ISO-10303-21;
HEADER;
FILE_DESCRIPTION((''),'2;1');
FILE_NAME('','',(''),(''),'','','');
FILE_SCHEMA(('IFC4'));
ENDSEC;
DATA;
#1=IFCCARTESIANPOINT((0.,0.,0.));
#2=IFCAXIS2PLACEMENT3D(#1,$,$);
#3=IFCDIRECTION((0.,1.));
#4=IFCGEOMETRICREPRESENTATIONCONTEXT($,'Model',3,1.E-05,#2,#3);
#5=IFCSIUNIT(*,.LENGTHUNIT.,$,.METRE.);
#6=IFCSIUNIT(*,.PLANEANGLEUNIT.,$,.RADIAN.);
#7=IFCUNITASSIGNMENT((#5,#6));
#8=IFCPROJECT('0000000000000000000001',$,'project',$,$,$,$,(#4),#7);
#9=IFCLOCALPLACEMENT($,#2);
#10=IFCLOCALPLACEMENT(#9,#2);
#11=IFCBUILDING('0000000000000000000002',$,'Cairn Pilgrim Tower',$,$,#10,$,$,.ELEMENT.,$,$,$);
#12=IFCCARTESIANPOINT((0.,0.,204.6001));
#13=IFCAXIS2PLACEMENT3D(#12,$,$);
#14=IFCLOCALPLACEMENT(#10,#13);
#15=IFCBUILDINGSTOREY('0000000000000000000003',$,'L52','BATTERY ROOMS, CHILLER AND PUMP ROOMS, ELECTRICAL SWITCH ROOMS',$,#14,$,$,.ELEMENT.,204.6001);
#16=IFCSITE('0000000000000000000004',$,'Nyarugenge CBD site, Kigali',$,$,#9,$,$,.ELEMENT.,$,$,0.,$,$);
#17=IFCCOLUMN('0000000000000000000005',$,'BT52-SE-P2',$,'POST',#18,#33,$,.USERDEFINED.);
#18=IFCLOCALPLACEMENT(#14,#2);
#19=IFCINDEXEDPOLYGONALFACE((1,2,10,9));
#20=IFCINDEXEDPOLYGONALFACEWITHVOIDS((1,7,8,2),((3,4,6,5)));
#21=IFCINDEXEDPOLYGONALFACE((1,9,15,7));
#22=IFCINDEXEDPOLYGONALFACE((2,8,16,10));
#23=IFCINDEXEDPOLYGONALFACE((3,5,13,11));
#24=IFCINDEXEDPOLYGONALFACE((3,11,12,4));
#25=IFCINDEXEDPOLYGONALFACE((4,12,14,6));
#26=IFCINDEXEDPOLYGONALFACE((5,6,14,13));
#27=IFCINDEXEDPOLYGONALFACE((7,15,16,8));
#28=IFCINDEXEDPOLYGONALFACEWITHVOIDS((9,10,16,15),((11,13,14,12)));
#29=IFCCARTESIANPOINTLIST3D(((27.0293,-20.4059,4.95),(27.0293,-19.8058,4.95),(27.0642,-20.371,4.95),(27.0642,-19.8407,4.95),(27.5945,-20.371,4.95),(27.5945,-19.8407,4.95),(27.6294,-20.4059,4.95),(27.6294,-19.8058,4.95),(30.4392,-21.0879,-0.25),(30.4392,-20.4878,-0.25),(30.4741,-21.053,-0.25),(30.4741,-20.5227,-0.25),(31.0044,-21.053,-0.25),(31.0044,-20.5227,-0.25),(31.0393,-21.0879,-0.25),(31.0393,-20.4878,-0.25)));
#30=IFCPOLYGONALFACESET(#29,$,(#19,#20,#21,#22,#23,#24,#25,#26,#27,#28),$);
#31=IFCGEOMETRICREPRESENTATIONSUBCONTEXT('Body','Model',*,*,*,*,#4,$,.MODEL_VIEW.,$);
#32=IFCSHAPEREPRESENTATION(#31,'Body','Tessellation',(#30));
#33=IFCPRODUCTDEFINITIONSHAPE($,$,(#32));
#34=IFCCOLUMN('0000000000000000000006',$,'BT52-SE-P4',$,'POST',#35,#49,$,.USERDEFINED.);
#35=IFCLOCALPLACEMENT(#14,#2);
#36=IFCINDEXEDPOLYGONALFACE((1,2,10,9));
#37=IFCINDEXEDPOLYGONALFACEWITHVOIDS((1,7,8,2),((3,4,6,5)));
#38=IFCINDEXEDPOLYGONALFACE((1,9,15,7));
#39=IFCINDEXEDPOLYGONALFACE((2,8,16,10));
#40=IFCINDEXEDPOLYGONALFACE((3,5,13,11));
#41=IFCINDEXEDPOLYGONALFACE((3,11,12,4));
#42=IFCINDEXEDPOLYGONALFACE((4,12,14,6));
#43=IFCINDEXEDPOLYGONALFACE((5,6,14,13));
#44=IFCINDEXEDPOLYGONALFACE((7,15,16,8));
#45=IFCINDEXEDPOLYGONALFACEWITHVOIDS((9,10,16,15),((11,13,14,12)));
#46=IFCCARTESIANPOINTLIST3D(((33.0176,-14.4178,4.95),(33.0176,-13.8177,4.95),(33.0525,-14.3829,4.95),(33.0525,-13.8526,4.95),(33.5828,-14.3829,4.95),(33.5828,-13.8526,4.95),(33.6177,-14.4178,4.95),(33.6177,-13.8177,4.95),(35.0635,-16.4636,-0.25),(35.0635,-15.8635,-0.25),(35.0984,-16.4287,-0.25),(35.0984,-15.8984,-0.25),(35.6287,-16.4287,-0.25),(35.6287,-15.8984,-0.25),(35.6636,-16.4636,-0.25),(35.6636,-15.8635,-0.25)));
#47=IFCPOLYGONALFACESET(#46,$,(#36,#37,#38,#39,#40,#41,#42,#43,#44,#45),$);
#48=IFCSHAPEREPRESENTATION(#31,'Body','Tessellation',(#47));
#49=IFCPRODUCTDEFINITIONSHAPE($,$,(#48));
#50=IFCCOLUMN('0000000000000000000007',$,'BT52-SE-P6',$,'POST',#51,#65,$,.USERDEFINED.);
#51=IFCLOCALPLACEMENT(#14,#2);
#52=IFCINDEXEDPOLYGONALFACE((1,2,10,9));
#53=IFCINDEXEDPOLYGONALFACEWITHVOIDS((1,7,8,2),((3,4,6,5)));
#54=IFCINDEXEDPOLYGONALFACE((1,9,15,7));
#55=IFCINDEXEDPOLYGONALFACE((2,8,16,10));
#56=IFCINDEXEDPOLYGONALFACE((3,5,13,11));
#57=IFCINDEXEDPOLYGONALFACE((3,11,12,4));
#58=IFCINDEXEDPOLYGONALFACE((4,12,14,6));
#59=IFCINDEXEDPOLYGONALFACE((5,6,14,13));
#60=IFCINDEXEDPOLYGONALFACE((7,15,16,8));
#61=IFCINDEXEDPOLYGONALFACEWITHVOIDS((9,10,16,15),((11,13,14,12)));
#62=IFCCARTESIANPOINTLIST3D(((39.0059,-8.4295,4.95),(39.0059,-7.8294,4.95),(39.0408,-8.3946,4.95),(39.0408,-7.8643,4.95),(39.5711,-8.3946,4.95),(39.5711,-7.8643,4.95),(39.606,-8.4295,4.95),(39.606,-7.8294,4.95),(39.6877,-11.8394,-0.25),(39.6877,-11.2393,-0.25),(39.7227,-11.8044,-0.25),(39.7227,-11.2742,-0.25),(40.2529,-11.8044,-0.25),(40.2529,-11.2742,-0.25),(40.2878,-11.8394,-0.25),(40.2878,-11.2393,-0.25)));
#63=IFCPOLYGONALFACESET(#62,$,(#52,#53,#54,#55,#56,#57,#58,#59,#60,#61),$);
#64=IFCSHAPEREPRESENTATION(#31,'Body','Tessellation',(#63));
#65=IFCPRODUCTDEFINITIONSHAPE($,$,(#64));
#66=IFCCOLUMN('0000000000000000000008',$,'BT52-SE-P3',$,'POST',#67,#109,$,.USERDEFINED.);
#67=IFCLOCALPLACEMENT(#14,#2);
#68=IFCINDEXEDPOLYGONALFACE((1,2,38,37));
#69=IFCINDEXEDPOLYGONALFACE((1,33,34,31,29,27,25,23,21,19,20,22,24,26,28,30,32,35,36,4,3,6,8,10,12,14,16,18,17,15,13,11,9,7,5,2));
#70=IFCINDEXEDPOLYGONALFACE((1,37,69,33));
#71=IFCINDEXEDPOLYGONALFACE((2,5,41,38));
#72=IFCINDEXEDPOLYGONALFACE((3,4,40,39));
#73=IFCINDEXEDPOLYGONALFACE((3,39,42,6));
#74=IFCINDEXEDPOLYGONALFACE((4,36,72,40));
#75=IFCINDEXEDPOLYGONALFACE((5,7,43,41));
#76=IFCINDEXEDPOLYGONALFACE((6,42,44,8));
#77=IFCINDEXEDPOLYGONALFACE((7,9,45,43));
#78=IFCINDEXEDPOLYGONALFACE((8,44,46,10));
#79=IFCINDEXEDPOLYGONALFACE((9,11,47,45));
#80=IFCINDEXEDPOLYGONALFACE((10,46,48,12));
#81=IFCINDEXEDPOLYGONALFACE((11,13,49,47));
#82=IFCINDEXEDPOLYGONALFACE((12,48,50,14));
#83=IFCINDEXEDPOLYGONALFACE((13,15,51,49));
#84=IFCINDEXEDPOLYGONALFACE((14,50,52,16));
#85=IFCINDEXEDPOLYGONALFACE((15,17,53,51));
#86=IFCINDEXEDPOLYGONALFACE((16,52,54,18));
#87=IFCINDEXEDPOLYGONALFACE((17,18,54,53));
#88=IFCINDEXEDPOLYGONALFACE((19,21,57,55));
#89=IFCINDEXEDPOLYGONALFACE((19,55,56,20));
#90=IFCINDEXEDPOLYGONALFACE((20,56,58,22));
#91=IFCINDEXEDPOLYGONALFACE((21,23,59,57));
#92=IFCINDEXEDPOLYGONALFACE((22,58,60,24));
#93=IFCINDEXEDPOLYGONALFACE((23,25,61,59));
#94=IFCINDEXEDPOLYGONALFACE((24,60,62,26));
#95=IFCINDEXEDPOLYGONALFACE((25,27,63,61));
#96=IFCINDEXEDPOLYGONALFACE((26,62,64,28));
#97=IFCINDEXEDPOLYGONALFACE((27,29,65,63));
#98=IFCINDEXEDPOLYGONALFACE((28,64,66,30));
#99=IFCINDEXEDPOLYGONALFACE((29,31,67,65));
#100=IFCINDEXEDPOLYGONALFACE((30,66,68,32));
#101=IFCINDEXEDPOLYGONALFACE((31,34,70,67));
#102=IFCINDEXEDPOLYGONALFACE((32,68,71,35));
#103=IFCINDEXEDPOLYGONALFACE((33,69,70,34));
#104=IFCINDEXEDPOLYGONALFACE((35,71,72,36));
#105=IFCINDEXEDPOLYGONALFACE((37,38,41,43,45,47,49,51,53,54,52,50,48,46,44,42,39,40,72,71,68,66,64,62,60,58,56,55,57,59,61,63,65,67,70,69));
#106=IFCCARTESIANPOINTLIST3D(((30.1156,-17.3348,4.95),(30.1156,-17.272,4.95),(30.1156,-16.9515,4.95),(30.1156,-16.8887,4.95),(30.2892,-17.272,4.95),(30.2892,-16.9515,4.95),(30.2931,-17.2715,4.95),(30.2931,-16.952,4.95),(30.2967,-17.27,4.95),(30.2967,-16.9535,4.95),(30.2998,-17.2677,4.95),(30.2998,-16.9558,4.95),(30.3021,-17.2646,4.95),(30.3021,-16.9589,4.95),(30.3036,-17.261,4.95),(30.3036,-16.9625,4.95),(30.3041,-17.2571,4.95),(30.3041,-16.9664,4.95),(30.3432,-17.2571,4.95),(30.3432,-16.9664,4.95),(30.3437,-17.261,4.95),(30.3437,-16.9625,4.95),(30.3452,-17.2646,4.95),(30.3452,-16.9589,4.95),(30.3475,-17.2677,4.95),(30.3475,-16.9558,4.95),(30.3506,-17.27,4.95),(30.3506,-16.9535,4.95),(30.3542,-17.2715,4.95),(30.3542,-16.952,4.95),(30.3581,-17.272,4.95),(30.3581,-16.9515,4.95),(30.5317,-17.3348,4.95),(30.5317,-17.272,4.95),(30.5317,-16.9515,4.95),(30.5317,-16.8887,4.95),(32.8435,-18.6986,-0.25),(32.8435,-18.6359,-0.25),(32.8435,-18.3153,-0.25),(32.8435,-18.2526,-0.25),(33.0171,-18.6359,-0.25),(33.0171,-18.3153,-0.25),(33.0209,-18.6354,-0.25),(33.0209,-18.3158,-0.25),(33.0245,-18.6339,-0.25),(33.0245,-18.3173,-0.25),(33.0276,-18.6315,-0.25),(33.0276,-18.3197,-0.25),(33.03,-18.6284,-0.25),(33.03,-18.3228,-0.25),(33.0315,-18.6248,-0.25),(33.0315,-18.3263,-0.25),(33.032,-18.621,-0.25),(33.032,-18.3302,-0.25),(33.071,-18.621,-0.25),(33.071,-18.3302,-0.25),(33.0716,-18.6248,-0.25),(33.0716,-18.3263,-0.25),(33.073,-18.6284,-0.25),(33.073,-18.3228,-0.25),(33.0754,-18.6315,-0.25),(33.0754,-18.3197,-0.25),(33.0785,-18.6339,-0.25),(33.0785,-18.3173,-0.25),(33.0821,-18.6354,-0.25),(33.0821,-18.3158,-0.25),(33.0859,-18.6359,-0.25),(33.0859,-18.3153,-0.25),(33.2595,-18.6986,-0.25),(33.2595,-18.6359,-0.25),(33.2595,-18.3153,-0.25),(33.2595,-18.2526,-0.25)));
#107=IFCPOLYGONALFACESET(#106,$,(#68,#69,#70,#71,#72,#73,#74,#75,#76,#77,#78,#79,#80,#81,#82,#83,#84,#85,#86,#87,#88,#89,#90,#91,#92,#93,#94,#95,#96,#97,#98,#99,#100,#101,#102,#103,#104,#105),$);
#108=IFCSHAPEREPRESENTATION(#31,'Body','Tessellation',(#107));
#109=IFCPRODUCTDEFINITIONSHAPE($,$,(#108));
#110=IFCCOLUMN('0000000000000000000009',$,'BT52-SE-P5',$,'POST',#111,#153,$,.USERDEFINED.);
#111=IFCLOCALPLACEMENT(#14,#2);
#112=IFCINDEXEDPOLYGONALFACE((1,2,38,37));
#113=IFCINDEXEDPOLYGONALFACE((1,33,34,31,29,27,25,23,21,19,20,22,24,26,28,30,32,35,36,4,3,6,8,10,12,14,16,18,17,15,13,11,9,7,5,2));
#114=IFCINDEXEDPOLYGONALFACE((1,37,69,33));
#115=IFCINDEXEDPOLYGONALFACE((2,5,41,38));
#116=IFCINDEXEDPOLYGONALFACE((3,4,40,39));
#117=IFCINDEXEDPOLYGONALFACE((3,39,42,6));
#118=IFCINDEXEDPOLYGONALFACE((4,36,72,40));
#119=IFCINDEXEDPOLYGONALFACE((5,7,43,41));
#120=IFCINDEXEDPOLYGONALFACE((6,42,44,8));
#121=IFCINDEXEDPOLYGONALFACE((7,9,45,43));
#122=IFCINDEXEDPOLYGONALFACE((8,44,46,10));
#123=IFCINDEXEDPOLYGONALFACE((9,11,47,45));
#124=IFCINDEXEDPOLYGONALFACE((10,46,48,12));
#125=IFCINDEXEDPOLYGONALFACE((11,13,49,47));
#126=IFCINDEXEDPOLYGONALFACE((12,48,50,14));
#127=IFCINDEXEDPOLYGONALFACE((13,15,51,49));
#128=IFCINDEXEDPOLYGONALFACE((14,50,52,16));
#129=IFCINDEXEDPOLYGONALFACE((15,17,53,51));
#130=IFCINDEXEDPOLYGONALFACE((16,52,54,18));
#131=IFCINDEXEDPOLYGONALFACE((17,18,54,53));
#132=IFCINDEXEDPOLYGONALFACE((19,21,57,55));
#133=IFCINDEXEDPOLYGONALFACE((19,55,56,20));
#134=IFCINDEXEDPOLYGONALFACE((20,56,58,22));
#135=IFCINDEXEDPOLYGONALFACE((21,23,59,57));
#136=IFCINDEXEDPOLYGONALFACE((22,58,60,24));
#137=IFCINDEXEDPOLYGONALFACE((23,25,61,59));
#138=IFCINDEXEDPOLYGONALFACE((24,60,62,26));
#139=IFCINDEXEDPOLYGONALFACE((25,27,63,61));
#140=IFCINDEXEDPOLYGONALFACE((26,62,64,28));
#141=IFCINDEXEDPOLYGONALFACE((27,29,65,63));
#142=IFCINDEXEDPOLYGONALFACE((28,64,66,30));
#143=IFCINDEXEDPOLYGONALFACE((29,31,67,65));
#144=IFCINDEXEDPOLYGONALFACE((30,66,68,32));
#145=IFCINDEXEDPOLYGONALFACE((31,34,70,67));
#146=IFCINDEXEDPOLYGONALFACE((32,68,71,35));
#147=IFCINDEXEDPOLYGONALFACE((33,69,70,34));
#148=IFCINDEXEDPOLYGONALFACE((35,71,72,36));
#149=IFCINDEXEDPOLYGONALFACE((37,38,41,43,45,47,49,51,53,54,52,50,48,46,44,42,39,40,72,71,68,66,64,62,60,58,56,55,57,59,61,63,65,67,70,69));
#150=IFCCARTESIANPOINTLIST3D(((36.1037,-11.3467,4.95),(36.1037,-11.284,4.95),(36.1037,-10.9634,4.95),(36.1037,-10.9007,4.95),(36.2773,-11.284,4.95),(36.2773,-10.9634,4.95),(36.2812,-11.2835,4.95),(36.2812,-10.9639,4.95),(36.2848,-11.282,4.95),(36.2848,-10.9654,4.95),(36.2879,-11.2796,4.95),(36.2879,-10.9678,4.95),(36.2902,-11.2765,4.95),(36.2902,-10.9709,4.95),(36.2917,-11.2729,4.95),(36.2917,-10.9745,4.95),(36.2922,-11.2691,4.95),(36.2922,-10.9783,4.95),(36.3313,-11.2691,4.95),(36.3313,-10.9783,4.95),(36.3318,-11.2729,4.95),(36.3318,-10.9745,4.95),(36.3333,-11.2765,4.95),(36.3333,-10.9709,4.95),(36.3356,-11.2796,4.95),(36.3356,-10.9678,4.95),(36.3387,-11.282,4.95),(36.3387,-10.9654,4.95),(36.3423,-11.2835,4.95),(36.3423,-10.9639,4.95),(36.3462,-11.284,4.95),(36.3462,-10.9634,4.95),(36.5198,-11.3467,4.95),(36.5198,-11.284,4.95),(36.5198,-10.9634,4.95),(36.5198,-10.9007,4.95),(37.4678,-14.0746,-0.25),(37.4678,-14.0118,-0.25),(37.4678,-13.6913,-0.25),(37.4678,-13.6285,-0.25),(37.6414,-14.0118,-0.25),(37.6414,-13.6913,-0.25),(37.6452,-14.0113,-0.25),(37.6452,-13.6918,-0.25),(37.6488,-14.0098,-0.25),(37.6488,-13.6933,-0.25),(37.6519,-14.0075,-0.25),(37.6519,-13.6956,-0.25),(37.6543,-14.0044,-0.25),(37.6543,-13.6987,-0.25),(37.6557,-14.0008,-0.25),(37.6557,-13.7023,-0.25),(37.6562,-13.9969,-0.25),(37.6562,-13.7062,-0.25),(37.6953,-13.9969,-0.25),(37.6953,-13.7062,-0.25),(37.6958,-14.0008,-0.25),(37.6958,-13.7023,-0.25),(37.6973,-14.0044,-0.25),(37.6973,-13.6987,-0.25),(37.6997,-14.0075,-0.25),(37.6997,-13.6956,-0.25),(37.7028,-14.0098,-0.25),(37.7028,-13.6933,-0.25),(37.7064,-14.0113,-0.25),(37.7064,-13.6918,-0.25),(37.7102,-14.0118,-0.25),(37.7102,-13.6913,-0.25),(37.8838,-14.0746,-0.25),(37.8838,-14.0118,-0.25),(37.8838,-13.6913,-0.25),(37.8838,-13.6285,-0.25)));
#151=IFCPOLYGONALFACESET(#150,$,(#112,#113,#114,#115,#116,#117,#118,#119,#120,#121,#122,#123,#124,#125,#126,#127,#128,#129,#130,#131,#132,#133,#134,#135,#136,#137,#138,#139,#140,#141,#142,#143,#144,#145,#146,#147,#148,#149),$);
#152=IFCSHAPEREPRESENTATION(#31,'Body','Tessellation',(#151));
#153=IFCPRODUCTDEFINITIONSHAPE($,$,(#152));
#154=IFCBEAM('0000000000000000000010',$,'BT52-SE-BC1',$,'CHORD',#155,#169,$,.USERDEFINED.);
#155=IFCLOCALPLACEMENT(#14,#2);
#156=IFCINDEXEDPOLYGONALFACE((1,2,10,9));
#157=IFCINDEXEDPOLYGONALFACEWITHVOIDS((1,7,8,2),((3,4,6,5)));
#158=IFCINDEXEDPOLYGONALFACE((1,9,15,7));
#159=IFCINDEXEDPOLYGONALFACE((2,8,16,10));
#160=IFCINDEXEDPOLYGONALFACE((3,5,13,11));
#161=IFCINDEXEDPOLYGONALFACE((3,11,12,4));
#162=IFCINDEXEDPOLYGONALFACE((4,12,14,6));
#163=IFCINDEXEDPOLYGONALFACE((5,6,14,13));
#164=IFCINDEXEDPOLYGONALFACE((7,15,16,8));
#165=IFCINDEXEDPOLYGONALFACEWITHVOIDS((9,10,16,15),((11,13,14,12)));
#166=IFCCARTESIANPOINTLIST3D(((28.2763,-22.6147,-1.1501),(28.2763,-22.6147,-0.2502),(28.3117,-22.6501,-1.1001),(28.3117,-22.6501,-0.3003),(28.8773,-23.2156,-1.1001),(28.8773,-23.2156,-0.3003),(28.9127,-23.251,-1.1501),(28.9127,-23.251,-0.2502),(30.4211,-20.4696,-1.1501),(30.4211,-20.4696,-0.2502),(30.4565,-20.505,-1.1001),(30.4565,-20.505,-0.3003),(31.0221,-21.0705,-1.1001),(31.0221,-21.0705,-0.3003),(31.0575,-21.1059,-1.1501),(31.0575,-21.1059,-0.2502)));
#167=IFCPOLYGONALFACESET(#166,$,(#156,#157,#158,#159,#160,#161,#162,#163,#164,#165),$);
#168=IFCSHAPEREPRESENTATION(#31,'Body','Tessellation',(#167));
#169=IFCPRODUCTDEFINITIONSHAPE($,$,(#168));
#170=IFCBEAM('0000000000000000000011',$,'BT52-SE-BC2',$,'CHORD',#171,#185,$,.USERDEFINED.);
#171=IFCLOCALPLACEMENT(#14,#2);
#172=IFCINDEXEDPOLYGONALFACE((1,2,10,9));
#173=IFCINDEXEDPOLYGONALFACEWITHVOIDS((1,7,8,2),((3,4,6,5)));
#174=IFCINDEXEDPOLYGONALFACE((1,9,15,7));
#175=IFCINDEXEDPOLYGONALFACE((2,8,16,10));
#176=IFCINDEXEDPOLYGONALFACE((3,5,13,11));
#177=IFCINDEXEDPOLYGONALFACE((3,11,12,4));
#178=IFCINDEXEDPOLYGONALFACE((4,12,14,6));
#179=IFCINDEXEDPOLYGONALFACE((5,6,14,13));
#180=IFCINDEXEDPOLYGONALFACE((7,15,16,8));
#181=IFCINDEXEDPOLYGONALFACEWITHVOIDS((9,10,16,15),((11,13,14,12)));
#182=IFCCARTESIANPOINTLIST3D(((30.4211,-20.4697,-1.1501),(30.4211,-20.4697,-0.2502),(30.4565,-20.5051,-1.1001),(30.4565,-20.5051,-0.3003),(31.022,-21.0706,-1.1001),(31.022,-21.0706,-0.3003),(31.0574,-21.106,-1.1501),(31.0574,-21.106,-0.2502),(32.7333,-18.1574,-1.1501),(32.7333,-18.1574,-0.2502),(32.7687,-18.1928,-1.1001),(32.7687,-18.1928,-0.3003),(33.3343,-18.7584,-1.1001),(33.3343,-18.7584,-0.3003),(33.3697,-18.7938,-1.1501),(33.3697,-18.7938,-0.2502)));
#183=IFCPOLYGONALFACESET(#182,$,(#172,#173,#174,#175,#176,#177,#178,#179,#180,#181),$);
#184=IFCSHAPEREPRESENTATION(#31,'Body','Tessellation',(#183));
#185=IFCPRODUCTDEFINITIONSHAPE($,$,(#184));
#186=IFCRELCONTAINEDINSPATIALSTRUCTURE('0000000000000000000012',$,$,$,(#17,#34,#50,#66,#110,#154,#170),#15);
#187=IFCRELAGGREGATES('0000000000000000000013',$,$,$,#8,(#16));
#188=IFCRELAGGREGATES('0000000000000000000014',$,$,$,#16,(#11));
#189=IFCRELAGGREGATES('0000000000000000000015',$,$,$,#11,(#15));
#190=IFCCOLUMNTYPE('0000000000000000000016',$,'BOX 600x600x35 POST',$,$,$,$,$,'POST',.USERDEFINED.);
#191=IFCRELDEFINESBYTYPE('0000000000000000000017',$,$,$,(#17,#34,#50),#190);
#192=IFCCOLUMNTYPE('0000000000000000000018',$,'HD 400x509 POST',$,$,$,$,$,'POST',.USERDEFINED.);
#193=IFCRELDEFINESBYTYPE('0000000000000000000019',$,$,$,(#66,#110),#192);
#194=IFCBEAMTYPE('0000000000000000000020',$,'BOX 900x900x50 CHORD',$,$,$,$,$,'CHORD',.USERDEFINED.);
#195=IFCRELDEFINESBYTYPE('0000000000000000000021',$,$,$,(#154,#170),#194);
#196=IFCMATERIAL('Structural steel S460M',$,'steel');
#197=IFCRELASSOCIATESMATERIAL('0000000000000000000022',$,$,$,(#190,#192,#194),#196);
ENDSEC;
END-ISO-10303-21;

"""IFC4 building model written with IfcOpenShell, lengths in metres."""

from ifc_helpers import new_model, si_unit, direction, frame, origin, origin_2d, place, context, subcontext, project, spatial, hollow_rectangle, i_section, extrude, clip, halfspace, material, material_profile, profile_set, type_object, element, save


model = new_model("IFC4")

# Units and contexts
model_context = context("Model", 3, precision=1e-05, world=origin(), true_north=direction((0.0, 1.0)))
body_context = subcontext(model_context, "Body", "Model", "MODEL_VIEW")
ifc_project = project(units=[si_unit("LENGTHUNIT", "METRE"), si_unit("PLANEANGLEUNIT", "RADIAN")], contexts=[model_context])

# Site, building, storey
site_placement = place(None, origin())
site = spatial("IfcSite", under=ifc_project, at=site_placement, Name="Nyarugenge CBD site, Kigali", CompositionType="ELEMENT", RefElevation=0.0)
building_placement = place(site_placement, origin())
building = spatial("IfcBuilding", under=site, at=building_placement, Name="Cairn Pilgrim Tower", CompositionType="ELEMENT")
storey_placement = place(building_placement, frame((0.0, 0.0, 204.6001)))
storey = spatial("IfcBuildingStorey", under=building, at=storey_placement, Name="L52", Description="BATTERY ROOMS, CHILLER AND PUMP ROOMS, ELECTRICAL SWITCH ROOMS", CompositionType="ELEMENT", Elevation=204.6001)

# Columns
ifc_material_1 = material(Name="Structural steel S460M", Category="steel")
ifc_material_profile_1 = material_profile(ifc_material_1, hollow_rectangle(XDim=0.6001, YDim=0.6001, WallThickness=0.0349, at=origin_2d()), Name="BOX 600x600x35")
ifc_profile_set_1 = profile_set([ifc_material_profile_1], Name="Structural steel S460M")
column_type_1 = type_object("IfcColumnType", Name="BOX 600x600x35 POST", ElementType="POST", PredefinedType="USERDEFINED", material=ifc_profile_set_1)
column_1_placement = place(storey_placement, frame((30.7393, -20.7878, -0.25), z_axis=(0.0, 0.0, 1.0), x_axis=(1.0, 0.0, 0.0)))
element("IfcColumn", 1, at=column_1_placement, inside=storey, type_object=column_type_1, Name="BT52-SE-P2", ObjectType="POST", PredefinedType="USERDEFINED", context=body_context, shape_type="Clipping", body=[
    clip(extrude(hollow_rectangle(XDim=0.6001, YDim=0.6001, WallThickness=0.0349, at=origin_2d()), origin(), (-0.545097, 0.109026, 0.831253), 7.3381), halfspace(frame((0.0, 0.0, 5.2), z_axis=(0.0, 0.0, 1.0), x_axis=(1.0, 0.0, 0.0)), False)),
])
column_2_placement = place(storey_placement, frame((35.3635, -16.1636, -0.25), z_axis=(0.0, 0.0, 1.0), x_axis=(1.0, 0.0, 0.0)))
element("IfcColumn", 2, at=column_2_placement, inside=storey, type_object=column_type_1, Name="BT52-SE-P4", ObjectType="POST", PredefinedType="USERDEFINED", context=body_context, shape_type="Clipping", body=[
    clip(extrude(hollow_rectangle(XDim=0.6001, YDim=0.6001, WallThickness=0.0349, at=origin_2d()), origin(), (-0.343801, 0.343801, 0.873843), 6.9805), halfspace(frame((0.0, 0.0, 5.2), z_axis=(0.0, 0.0, 1.0), x_axis=(1.0, 0.0, 0.0)), False)),
])
column_3_placement = place(storey_placement, frame((39.9878, -11.5393, -0.25), z_axis=(0.0, 0.0, 1.0), x_axis=(1.0, 0.0, 0.0)))
element("IfcColumn", 3, at=column_3_placement, inside=storey, type_object=column_type_1, Name="BT52-SE-P6", ObjectType="POST", PredefinedType="USERDEFINED", context=body_context, shape_type="Clipping", body=[
    clip(extrude(hollow_rectangle(XDim=0.6001, YDim=0.6001, WallThickness=0.0349, at=origin_2d()), origin(), (-0.108993, 0.545099, 0.831256), 7.3381), halfspace(frame((0.0, 0.0, 5.2), z_axis=(0.0, 0.0, 1.0), x_axis=(1.0, 0.0, 0.0)), False)),
])
ifc_material_profile_2 = material_profile(ifc_material_1, i_section(OverallWidth=0.416, OverallDepth=0.446, WebThickness=0.0391, FlangeThickness=0.0627, FilletRadius=0.0149, at=origin_2d()), Name="HD 400x509")
ifc_profile_set_2 = profile_set([ifc_material_profile_2], Name="Structural steel S460M")
column_type_2 = type_object("IfcColumnType", Name="HD 400x509 POST", ElementType="POST", PredefinedType="USERDEFINED", material=ifc_profile_set_2)
column_4_placement = place(storey_placement, frame((33.0515, -18.4756, -0.25), z_axis=(0.0, 0.0, 1.0), x_axis=(1.0, 0.0, 0.0)))
element("IfcColumn", 4, at=column_4_placement, inside=storey, type_object=column_type_2, Name="BT52-SE-P3", ObjectType="POST", PredefinedType="USERDEFINED", context=body_context, shape_type="Clipping", body=[
    clip(extrude(i_section(OverallWidth=0.416, OverallDepth=0.446, WebThickness=0.0391, FlangeThickness=0.0627, FilletRadius=0.0149, at=origin_2d()), origin(), (-0.452508, 0.226237, 0.862585), 7.0715), halfspace(frame((0.0, 0.0, 5.2), z_axis=(0.0, 0.0, 1.0), x_axis=(1.0, 0.0, 0.0)), False)),
])
column_5_placement = place(storey_placement, frame((37.6758, -13.8516, -0.25), z_axis=(0.0, 0.0, 1.0), x_axis=(1.0, 0.0, 0.0)))
element("IfcColumn", 5, at=column_5_placement, inside=storey, type_object=column_type_2, Name="BT52-SE-P5", ObjectType="POST", PredefinedType="USERDEFINED", context=body_context, shape_type="Clipping", body=[
    clip(extrude(i_section(OverallWidth=0.416, OverallDepth=0.446, WebThickness=0.0391, FlangeThickness=0.0627, FilletRadius=0.0149, at=origin_2d()), origin(), (-0.226269, 0.452504, 0.862579), 7.0715), halfspace(frame((0.0, 0.0, 5.2), z_axis=(0.0, 0.0, 1.0), x_axis=(1.0, 0.0, 0.0)), False)),
])

# Beams
ifc_material_profile_3 = material_profile(ifc_material_1, hollow_rectangle(XDim=0.8999, YDim=0.8999, WallThickness=0.05, at=origin_2d()), Name="BOX 900x900x50")
ifc_profile_set_3 = profile_set([ifc_material_profile_3], Name="Structural steel S460M")
beam_type_1 = type_object("IfcBeamType", Name="BOX 900x900x50 CHORD", ElementType="CHORD", PredefinedType="USERDEFINED", material=ifc_profile_set_3)
beam_1_placement = place(storey_placement, frame((28.5945, -22.9329, -0.7002), z_axis=(0.707067, 0.707147, 0.0), x_axis=(-0.707147, 0.707067, 0.0)))
element("IfcBeam", 6, at=beam_1_placement, inside=storey, type_object=beam_type_1, Name="BT52-SE-BC1", ObjectType="CHORD", PredefinedType="USERDEFINED", context=body_context, shape_type="SweptSolid", body=[
    extrude(hollow_rectangle(XDim=0.8999, YDim=0.8999, WallThickness=0.05, at=origin_2d()), origin(), (0.0, 0.0, 1.0), 3.0334),
])
beam_2_placement = place(storey_placement, frame((30.7393, -20.7878, -0.7002), z_axis=(0.707107, 0.707107, 0.0), x_axis=(-0.707107, 0.707107, 0.0)))
element("IfcBeam", 7, at=beam_2_placement, inside=storey, type_object=beam_type_1, Name="BT52-SE-BC2", ObjectType="CHORD", PredefinedType="USERDEFINED", context=body_context, shape_type="SweptSolid", body=[
    extrude(hollow_rectangle(XDim=0.8999, YDim=0.8999, WallThickness=0.05, at=origin_2d()), origin(), (0.0, 0.0, 1.0), 3.27),
])

save(model, "model.ifc")
